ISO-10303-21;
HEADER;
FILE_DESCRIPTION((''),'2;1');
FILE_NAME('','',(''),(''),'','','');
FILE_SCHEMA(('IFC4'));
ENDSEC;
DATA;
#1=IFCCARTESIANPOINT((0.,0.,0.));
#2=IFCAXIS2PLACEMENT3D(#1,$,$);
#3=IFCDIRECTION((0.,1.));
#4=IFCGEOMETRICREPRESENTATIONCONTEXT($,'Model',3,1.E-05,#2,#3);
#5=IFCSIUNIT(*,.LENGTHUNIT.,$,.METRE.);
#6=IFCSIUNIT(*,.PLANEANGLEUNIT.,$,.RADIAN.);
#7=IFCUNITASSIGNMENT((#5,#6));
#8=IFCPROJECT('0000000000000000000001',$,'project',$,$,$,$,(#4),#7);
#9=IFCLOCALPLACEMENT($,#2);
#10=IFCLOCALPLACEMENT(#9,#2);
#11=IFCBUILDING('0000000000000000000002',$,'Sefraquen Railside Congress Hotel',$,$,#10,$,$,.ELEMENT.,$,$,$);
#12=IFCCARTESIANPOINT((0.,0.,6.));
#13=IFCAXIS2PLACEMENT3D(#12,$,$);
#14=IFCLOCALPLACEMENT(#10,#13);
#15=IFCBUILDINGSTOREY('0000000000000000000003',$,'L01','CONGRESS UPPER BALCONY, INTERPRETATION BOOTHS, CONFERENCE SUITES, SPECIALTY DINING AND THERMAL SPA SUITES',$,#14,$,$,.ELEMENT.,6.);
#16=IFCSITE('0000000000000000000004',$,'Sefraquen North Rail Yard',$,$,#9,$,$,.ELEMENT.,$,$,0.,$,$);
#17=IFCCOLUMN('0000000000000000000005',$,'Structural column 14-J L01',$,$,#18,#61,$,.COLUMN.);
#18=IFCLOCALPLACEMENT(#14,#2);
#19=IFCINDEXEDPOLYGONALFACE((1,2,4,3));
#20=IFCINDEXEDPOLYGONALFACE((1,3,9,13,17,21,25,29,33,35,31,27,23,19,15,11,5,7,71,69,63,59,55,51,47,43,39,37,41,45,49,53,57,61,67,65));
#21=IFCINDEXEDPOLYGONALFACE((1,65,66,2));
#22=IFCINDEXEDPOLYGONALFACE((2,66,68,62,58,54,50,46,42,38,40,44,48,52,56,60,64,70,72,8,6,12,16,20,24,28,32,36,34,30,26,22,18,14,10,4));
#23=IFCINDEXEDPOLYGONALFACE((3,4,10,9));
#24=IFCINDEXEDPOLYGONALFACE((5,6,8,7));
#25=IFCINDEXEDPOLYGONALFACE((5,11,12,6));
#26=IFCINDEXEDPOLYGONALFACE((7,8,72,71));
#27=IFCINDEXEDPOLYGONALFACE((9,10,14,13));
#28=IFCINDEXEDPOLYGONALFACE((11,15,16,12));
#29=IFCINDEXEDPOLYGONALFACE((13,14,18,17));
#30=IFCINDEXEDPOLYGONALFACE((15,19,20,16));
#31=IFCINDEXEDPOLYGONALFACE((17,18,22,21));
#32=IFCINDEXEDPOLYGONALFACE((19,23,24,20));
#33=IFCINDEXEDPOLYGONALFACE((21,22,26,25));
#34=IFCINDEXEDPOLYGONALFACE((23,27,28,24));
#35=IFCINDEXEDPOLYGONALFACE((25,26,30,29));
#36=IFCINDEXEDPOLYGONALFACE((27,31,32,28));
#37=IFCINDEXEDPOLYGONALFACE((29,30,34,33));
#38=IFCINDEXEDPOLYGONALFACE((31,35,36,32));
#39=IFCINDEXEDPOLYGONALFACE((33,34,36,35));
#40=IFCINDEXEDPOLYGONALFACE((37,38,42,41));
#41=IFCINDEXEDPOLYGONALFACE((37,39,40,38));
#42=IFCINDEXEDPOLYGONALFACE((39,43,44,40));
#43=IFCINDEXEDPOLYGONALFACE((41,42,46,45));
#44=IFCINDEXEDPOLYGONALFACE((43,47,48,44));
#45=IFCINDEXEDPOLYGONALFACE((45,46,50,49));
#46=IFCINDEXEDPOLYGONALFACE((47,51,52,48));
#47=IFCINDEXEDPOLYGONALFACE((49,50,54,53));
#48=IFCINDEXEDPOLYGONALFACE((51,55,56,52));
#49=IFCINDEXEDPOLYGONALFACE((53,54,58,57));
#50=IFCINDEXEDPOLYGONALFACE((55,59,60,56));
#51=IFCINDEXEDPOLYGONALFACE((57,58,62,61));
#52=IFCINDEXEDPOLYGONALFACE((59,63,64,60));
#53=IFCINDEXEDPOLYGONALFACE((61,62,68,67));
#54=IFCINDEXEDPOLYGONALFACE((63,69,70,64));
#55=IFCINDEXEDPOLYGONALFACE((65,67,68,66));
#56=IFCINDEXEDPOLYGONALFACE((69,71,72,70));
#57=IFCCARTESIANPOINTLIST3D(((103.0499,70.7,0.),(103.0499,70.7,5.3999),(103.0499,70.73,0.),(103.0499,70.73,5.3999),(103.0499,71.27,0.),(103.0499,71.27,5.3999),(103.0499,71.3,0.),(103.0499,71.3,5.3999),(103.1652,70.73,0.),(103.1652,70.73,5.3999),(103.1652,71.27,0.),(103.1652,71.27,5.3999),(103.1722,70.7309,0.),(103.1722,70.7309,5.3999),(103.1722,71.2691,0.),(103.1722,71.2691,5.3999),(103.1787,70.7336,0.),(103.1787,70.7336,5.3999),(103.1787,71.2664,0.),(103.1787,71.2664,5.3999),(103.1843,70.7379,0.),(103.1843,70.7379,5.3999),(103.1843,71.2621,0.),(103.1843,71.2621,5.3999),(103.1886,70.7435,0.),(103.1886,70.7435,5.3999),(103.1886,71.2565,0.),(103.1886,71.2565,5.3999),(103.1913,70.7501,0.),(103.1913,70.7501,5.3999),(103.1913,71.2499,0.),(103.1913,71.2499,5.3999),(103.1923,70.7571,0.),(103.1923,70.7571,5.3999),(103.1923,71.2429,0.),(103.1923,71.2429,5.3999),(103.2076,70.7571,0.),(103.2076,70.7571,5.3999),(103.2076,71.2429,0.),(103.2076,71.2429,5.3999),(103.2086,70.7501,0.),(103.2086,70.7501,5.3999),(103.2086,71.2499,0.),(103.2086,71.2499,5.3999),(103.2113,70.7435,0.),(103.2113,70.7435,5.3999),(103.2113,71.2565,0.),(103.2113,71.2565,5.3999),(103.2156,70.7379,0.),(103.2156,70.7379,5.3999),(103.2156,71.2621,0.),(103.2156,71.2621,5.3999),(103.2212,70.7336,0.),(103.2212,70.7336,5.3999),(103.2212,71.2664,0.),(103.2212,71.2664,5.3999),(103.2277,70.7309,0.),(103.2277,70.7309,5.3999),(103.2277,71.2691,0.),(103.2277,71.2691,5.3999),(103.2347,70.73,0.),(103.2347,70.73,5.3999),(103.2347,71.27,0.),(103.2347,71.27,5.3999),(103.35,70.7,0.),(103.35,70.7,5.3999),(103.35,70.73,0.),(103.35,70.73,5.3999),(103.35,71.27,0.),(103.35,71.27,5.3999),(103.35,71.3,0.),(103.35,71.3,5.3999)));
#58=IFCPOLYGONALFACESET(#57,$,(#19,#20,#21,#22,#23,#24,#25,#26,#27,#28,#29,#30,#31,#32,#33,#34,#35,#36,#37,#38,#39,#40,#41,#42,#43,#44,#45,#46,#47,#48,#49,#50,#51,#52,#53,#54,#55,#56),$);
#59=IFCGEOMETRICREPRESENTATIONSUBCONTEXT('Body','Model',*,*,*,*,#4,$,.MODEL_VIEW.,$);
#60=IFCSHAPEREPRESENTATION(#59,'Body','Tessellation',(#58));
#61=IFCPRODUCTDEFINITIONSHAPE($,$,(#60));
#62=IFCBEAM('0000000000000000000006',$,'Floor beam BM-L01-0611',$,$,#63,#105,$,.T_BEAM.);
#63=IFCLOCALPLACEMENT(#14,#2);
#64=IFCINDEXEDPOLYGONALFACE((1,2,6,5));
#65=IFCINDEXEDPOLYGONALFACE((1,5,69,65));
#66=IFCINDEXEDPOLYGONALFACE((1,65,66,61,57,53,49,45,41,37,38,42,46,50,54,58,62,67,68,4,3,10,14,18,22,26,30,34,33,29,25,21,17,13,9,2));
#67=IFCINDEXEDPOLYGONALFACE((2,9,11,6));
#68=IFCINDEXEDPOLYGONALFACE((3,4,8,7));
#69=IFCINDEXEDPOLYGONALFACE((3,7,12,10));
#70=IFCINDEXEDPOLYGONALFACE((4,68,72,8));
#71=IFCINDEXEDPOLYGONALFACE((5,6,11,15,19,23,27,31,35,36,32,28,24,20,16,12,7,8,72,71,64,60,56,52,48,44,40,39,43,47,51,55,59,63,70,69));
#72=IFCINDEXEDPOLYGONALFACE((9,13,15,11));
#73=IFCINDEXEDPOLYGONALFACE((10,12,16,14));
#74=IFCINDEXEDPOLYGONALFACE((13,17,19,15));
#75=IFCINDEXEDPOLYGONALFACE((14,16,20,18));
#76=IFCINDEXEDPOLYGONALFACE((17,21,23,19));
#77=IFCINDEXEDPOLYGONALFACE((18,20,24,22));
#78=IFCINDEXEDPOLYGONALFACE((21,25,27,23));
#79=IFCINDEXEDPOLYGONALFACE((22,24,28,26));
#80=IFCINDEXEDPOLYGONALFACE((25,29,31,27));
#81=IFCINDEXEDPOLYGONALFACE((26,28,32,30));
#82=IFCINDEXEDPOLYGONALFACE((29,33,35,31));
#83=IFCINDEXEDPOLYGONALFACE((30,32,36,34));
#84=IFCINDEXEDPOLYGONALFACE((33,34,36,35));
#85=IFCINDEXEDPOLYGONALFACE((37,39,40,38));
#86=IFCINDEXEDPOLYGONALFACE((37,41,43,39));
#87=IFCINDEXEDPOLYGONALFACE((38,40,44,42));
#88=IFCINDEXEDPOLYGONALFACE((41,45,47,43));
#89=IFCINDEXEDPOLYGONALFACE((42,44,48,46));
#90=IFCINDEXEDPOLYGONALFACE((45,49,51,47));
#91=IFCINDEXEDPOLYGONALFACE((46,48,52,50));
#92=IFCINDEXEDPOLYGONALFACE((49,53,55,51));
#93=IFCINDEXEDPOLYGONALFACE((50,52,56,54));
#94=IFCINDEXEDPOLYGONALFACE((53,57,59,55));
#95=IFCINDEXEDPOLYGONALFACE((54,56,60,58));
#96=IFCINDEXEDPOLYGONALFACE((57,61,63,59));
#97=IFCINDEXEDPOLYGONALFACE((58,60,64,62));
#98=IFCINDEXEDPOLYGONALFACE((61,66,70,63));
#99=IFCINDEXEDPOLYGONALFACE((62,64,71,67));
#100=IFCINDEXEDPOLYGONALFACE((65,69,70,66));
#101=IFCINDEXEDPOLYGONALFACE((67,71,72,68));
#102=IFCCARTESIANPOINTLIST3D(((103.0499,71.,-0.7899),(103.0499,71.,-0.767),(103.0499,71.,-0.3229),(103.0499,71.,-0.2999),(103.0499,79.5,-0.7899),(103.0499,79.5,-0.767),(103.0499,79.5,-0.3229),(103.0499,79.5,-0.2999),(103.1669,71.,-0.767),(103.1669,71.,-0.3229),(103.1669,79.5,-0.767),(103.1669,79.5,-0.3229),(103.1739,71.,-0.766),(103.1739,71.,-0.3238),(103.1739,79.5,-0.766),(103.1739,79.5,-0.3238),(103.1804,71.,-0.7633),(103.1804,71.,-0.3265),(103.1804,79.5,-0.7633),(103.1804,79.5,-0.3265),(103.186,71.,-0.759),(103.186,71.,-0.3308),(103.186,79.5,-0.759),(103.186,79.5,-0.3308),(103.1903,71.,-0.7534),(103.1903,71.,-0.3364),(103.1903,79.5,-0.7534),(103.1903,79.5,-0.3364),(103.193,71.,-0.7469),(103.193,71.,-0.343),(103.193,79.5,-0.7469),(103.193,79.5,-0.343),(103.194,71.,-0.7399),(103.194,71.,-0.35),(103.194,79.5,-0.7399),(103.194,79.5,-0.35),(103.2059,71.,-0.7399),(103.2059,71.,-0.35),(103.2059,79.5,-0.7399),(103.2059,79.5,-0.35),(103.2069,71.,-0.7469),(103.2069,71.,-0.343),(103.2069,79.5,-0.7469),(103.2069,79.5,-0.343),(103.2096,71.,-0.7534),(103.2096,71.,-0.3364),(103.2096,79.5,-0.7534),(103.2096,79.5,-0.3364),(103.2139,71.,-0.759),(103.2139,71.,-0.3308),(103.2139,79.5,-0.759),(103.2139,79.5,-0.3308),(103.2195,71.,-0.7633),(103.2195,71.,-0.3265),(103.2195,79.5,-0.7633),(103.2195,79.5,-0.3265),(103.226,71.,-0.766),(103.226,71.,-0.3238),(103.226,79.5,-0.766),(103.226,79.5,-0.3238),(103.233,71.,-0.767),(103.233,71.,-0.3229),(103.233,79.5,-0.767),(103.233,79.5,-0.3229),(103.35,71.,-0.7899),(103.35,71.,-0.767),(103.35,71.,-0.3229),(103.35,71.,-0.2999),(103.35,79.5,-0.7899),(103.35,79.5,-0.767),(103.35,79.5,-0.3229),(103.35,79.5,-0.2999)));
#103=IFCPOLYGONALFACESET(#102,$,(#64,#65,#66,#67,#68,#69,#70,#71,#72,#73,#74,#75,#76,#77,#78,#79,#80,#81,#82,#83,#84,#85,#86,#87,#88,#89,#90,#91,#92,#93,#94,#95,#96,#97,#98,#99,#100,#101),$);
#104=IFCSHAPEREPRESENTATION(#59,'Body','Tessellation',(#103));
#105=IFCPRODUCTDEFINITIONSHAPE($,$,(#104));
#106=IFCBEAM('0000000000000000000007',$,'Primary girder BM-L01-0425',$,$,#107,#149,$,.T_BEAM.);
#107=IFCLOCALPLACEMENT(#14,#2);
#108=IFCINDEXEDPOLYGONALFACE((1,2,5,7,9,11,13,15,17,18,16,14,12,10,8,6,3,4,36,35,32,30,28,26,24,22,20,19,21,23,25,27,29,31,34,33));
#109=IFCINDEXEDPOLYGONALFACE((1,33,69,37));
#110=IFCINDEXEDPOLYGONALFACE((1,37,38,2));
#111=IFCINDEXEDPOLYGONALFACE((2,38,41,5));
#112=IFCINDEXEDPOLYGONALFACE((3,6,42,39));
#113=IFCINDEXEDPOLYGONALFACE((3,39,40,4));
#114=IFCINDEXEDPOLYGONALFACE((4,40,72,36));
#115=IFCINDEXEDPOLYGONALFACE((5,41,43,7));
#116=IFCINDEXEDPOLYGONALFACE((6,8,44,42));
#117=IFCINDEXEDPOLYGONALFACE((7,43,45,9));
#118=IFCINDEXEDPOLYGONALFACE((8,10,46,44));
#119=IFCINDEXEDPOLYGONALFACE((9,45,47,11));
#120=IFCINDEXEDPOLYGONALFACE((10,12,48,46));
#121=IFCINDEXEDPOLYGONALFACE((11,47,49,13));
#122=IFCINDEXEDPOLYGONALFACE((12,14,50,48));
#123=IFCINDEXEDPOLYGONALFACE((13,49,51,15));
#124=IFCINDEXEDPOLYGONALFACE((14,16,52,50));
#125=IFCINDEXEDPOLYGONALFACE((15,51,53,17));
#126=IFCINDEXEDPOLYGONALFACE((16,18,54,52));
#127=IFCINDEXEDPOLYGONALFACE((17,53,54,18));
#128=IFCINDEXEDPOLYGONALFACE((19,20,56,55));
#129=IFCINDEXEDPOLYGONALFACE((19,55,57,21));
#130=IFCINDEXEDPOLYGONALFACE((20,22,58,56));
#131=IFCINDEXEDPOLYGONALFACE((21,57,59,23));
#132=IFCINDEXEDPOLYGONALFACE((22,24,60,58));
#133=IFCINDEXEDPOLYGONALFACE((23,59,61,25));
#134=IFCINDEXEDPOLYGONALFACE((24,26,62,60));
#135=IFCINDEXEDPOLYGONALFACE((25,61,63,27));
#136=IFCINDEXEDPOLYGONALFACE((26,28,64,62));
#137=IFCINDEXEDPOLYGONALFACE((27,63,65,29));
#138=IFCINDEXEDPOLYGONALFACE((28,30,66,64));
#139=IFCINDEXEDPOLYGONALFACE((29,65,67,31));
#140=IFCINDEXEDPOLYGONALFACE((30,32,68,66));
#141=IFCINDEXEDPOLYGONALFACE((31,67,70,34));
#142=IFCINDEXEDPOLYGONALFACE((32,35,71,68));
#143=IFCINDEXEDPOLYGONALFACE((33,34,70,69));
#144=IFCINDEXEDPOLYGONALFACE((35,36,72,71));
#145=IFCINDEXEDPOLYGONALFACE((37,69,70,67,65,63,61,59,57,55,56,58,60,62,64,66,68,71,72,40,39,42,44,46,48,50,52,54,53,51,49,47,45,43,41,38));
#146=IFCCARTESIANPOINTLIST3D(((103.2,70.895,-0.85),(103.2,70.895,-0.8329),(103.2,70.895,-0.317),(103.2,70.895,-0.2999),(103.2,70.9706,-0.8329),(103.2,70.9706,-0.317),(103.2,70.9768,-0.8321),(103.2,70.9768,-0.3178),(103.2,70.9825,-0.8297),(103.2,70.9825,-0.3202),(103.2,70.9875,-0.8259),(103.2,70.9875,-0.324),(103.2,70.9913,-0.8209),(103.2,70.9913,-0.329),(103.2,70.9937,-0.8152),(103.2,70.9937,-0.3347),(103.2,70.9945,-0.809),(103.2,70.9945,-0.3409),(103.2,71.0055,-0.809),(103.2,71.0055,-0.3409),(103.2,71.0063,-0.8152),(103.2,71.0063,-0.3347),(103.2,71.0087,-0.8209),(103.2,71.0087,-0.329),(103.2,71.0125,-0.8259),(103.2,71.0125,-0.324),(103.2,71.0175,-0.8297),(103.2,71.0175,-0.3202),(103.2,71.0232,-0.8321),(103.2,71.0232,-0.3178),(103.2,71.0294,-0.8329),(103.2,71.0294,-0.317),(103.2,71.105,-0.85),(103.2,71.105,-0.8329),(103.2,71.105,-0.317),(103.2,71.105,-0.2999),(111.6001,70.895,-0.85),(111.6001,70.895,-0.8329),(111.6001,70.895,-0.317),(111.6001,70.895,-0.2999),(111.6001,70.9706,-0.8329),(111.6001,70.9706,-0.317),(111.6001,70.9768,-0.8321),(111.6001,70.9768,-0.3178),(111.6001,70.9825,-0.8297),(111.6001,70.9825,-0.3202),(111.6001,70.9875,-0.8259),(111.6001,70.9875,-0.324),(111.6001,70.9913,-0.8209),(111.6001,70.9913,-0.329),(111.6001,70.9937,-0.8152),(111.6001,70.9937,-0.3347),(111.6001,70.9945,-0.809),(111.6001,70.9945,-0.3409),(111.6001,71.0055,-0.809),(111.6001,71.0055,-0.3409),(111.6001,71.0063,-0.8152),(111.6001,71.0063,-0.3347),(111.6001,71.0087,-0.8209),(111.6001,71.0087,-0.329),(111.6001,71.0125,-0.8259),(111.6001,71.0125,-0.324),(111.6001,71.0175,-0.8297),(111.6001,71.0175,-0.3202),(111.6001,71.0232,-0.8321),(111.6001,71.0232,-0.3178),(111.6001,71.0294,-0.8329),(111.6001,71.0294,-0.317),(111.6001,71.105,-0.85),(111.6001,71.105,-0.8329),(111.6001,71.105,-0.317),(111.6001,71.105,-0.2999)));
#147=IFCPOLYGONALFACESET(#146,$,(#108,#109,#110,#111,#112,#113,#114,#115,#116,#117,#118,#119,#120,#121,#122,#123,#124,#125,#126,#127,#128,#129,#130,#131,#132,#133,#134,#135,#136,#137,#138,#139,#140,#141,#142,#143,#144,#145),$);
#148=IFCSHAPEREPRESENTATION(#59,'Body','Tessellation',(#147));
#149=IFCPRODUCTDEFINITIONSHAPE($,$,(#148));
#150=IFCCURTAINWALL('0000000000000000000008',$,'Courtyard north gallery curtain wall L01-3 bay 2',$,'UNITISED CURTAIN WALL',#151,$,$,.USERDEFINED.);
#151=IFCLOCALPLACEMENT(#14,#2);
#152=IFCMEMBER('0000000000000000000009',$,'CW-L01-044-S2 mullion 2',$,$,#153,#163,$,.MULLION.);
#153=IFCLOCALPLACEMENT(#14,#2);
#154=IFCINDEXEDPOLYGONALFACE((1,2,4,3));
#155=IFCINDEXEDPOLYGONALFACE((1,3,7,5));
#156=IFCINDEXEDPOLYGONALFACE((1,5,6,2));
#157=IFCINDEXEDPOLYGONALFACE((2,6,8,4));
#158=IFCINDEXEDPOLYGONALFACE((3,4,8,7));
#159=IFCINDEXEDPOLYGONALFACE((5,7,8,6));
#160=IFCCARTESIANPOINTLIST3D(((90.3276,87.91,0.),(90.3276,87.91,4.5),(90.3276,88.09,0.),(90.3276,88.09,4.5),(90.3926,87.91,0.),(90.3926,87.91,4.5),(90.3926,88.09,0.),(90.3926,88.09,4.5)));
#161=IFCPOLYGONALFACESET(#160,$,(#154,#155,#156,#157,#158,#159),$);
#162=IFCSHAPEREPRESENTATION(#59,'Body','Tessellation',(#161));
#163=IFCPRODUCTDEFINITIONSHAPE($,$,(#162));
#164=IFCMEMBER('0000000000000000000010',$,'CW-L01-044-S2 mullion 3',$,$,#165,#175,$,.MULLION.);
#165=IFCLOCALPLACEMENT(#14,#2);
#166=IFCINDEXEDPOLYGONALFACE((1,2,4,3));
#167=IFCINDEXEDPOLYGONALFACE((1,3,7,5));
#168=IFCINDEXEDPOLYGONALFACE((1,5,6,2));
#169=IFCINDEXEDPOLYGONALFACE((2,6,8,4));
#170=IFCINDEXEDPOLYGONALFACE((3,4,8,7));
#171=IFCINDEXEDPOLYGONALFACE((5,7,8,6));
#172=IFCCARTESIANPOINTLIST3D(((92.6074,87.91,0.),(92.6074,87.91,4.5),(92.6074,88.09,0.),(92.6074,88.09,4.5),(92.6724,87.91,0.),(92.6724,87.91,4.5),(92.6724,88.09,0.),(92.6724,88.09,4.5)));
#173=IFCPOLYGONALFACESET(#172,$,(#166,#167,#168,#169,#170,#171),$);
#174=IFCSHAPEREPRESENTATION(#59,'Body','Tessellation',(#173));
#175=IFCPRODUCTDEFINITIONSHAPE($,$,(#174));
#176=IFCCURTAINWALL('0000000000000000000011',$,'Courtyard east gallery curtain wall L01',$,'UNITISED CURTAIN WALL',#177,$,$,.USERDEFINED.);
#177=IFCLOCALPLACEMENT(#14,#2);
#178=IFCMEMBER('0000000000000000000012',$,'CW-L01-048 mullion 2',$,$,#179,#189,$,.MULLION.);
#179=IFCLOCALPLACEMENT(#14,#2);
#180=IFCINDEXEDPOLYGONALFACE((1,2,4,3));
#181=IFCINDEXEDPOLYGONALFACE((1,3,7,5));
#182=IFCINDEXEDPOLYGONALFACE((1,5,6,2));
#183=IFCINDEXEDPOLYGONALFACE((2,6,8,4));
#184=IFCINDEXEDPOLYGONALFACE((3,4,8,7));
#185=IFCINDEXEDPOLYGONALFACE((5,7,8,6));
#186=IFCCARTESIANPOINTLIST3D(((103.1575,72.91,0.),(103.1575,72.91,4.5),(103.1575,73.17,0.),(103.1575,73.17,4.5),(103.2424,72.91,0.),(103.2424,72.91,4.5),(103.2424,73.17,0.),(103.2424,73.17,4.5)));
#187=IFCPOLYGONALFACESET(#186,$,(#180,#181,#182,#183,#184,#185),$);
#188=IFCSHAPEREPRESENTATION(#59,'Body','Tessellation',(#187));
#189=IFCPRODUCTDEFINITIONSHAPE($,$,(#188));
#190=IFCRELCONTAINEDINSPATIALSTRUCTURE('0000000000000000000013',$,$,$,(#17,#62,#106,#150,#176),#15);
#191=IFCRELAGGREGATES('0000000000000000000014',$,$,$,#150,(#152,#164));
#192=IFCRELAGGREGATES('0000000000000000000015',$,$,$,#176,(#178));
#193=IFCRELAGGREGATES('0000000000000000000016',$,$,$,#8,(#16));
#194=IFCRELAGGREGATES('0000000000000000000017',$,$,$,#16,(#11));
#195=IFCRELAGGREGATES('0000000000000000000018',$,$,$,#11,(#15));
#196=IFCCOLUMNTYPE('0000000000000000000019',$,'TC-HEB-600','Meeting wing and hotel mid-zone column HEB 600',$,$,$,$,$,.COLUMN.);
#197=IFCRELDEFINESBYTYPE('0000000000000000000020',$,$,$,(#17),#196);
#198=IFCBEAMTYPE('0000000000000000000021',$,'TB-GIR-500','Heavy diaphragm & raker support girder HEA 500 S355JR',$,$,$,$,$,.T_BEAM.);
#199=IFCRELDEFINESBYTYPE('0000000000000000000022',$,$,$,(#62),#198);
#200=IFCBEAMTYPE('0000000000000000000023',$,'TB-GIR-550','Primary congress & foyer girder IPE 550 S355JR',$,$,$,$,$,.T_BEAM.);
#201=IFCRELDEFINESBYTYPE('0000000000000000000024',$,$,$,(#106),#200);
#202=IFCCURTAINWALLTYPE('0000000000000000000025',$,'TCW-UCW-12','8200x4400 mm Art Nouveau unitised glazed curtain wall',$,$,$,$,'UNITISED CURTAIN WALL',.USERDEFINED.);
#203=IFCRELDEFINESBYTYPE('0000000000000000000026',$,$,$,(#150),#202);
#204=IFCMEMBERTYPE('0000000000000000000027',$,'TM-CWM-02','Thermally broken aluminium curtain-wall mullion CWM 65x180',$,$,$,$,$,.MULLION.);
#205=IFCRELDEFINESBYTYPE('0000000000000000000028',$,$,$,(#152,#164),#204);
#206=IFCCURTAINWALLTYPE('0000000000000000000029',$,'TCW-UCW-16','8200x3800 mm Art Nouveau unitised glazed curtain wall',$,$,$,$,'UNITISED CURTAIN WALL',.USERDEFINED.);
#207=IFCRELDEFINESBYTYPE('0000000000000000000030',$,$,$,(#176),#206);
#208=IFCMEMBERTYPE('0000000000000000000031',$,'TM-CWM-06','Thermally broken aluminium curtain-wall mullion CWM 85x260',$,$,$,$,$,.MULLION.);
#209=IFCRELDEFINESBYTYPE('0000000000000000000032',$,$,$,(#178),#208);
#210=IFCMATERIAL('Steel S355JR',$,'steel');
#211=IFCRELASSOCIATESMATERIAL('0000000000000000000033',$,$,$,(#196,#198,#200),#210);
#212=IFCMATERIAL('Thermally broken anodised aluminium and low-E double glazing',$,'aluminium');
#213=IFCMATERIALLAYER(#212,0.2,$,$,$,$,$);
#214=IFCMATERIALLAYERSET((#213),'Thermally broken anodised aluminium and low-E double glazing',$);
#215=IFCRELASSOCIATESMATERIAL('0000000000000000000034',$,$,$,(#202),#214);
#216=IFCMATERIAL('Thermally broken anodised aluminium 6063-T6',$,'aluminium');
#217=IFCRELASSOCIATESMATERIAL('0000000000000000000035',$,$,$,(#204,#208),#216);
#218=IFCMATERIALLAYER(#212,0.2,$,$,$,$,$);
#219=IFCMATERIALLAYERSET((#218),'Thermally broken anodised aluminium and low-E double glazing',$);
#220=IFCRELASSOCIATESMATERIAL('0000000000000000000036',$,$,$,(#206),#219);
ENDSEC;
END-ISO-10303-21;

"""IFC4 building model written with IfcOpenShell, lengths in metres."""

from ifc_helpers import new_model, si_unit, direction, frame, origin, origin_2d, place, context, subcontext, project, spatial, rectangle, i_section, extrude, material, layer, layer_set, material_profile, profile_set, type_object, element, aggregate, save


model = new_model("IFC4")

# Units and contexts
model_context = context("Model", 3, precision=1e-05, world=origin(), true_north=direction((0.0, 1.0)))
body_context = subcontext(model_context, "Body", "Model", "MODEL_VIEW")
ifc_project = project(units=[si_unit("LENGTHUNIT", "METRE"), si_unit("PLANEANGLEUNIT", "RADIAN")], contexts=[model_context])

# Site, building, storey
site_placement = place(None, origin())
site = spatial("IfcSite", under=ifc_project, at=site_placement, Name="Sefraquen North Rail Yard", CompositionType="ELEMENT", RefElevation=0.0)
building_placement = place(site_placement, origin())
building = spatial("IfcBuilding", under=site, at=building_placement, Name="Sefraquen Railside Congress Hotel", CompositionType="ELEMENT")
storey_placement = place(building_placement, frame((0.0, 0.0, 6.0)))
storey = spatial("IfcBuildingStorey", under=building, at=storey_placement, Name="L01", Description="CONGRESS UPPER BALCONY, INTERPRETATION BOOTHS, CONFERENCE SUITES, SPECIALTY DINING AND THERMAL SPA SUITES", CompositionType="ELEMENT", Elevation=6.0)

# Column
ifc_material_1 = material(Name="Steel S355JR", Category="steel")
ifc_material_profile_1 = material_profile(ifc_material_1, i_section(OverallWidth=0.3, OverallDepth=0.6001, WebThickness=0.0154, FlangeThickness=0.03, FilletRadius=0.0271, at=origin_2d()), Name="HEB 600")
ifc_profile_set_1 = profile_set([ifc_material_profile_1], Name="Steel S355JR")
column_type = type_object("IfcColumnType", Name="TC-HEB-600", Description="Meeting wing and hotel mid-zone column HEB 600", PredefinedType="COLUMN", material=ifc_profile_set_1)
column_placement = place(storey_placement, frame((103.2, 71.0, 0.0), z_axis=(0.0, 0.0, 1.0), x_axis=(1.0, 0.0, 0.0)))
element("IfcColumn", 1, at=column_placement, inside=storey, type_object=column_type, Name="Structural column 14-J L01", PredefinedType="COLUMN", context=body_context, shape_type="SweptSolid", body=[
    extrude(i_section(OverallWidth=0.3, OverallDepth=0.6001, WebThickness=0.0154, FlangeThickness=0.03, FilletRadius=0.0271, at=origin_2d()), origin(), (0.0, 0.0, 1.0), 5.3999),
])

# Beams
ifc_material_profile_2 = material_profile(ifc_material_1, i_section(OverallWidth=0.3, OverallDepth=0.49, WebThickness=0.012, FlangeThickness=0.0229, FilletRadius=0.0271, at=origin_2d()), Name="HEA 500")
ifc_profile_set_2 = profile_set([ifc_material_profile_2], Name="Steel S355JR")
beam_type_1 = type_object("IfcBeamType", Name="TB-GIR-500", Description="Heavy diaphragm & raker support girder HEA 500 S355JR", PredefinedType="T_BEAM", material=ifc_profile_set_2)
beam_1_placement = place(storey_placement, frame((103.2, 71.0, -0.5449), z_axis=(0.0, 1.0, 0.0), x_axis=(-1.0, 0.0, 0.0)))
element("IfcBeam", 2, at=beam_1_placement, inside=storey, type_object=beam_type_1, Name="Floor beam BM-L01-0611", PredefinedType="T_BEAM", context=body_context, shape_type="SweptSolid", body=[
    extrude(i_section(OverallWidth=0.3, OverallDepth=0.49, WebThickness=0.012, FlangeThickness=0.0229, FilletRadius=0.0271, at=origin_2d()), origin(), (0.0, 0.0, 1.0), 8.5),
])
ifc_material_profile_3 = material_profile(ifc_material_1, i_section(OverallWidth=0.21, OverallDepth=0.55, WebThickness=0.011, FlangeThickness=0.0171, FilletRadius=0.0239, at=origin_2d()), Name="IPE 550")
ifc_profile_set_3 = profile_set([ifc_material_profile_3], Name="Steel S355JR")
beam_type_2 = type_object("IfcBeamType", Name="TB-GIR-550", Description="Primary congress & foyer girder IPE 550 S355JR", PredefinedType="T_BEAM", material=ifc_profile_set_3)
beam_2_placement = place(storey_placement, frame((103.2, 71.0, -0.575), z_axis=(1.0, 0.0, 0.0), x_axis=(0.0, 1.0, 0.0)))
element("IfcBeam", 3, at=beam_2_placement, inside=storey, type_object=beam_type_2, Name="Primary girder BM-L01-0425", PredefinedType="T_BEAM", context=body_context, shape_type="SweptSolid", body=[
    extrude(i_section(OverallWidth=0.21, OverallDepth=0.55, WebThickness=0.011, FlangeThickness=0.0171, FilletRadius=0.0239, at=origin_2d()), origin(), (0.0, 0.0, 1.0), 8.4001),
])

# Curtain wall, members
ifc_material_2 = material(Name="Thermally broken anodised aluminium and low-E double glazing", Category="aluminium")
ifc_layer_1 = layer(ifc_material_2, 0.2)
ifc_layer_set_1 = layer_set([ifc_layer_1], Name="Thermally broken anodised aluminium and low-E double glazing")
curtain_wall_type_1 = type_object("IfcCurtainWallType", Name="TCW-UCW-12", Description="8200x4400 mm Art Nouveau unitised glazed curtain wall", ElementType="UNITISED CURTAIN WALL", PredefinedType="USERDEFINED", material=ifc_layer_set_1)
curtain_wall_1_placement = place(storey_placement, origin())
curtain_wall_1 = element("IfcCurtainWall", 4, at=curtain_wall_1_placement, inside=storey, type_object=curtain_wall_type_1, Name="Courtyard north gallery curtain wall L01-3 bay 2", ObjectType="UNITISED CURTAIN WALL", PredefinedType="USERDEFINED")
ifc_material_3 = material(Name="Thermally broken anodised aluminium 6063-T6", Category="aluminium")
ifc_material_profile_4 = material_profile(ifc_material_3, rectangle(XDim=0.0649, YDim=0.1799, at=origin_2d()), Name="CWM 65x180")
ifc_profile_set_4 = profile_set([ifc_material_profile_4], Name="Thermally broken anodised aluminium 6063-T6")
member_type_1 = type_object("IfcMemberType", Name="TM-CWM-02", Description="Thermally broken aluminium curtain-wall mullion CWM 65x180", PredefinedType="MULLION", material=ifc_profile_set_4)
member_1_placement = place(storey_placement, frame((90.3601, 88.0, 0.0), z_axis=(0.0, 0.0, 1.0), x_axis=(1.0, 0.0, 0.0)))
member_1 = element("IfcMember", 5, at=member_1_placement, type_object=member_type_1, Name="CW-L01-044-S2 mullion 2", PredefinedType="MULLION", context=body_context, shape_type="SweptSolid", body=[
    extrude(rectangle(XDim=0.0649, YDim=0.1799, at=origin_2d()), origin(), (0.0, 0.0, 1.0), 4.5),
])
member_2_placement = place(storey_placement, frame((92.6399, 88.0, 0.0), z_axis=(0.0, 0.0, 1.0), x_axis=(1.0, 0.0, 0.0)))
member_2 = element("IfcMember", 6, at=member_2_placement, type_object=member_type_1, Name="CW-L01-044-S2 mullion 3", PredefinedType="MULLION", context=body_context, shape_type="SweptSolid", body=[
    extrude(rectangle(XDim=0.0649, YDim=0.1799, at=origin_2d()), origin(), (0.0, 0.0, 1.0), 4.5),
])

# Curtain wall, member
ifc_layer_2 = layer(ifc_material_2, 0.2)
ifc_layer_set_2 = layer_set([ifc_layer_2], Name="Thermally broken anodised aluminium and low-E double glazing")
curtain_wall_type_2 = type_object("IfcCurtainWallType", Name="TCW-UCW-16", Description="8200x3800 mm Art Nouveau unitised glazed curtain wall", ElementType="UNITISED CURTAIN WALL", PredefinedType="USERDEFINED", material=ifc_layer_set_2)
curtain_wall_2_placement = place(storey_placement, origin())
curtain_wall_2 = element("IfcCurtainWall", 7, at=curtain_wall_2_placement, inside=storey, type_object=curtain_wall_type_2, Name="Courtyard east gallery curtain wall L01", ObjectType="UNITISED CURTAIN WALL", PredefinedType="USERDEFINED")
ifc_material_profile_5 = material_profile(ifc_material_3, rectangle(XDim=0.085, YDim=0.26, at=origin_2d()), Name="CWM 85x260")
ifc_profile_set_5 = profile_set([ifc_material_profile_5], Name="Thermally broken anodised aluminium 6063-T6")
member_type_2 = type_object("IfcMemberType", Name="TM-CWM-06", Description="Thermally broken aluminium curtain-wall mullion CWM 85x260", PredefinedType="MULLION", material=ifc_profile_set_5)
member_3_placement = place(storey_placement, frame((103.2, 73.04, 0.0), z_axis=(0.0, 0.0, 1.0), x_axis=(1.0, 0.0, 0.0)))
member_3 = element("IfcMember", 8, at=member_3_placement, type_object=member_type_2, Name="CW-L01-048 mullion 2", PredefinedType="MULLION", context=body_context, shape_type="SweptSolid", body=[
    extrude(rectangle(XDim=0.085, YDim=0.26, at=origin_2d()), origin(), (0.0, 0.0, 1.0), 4.5),
])

aggregate(curtain_wall_1, [member_1, member_2])
aggregate(curtain_wall_2, [member_3])

save(model, "model.ifc")
